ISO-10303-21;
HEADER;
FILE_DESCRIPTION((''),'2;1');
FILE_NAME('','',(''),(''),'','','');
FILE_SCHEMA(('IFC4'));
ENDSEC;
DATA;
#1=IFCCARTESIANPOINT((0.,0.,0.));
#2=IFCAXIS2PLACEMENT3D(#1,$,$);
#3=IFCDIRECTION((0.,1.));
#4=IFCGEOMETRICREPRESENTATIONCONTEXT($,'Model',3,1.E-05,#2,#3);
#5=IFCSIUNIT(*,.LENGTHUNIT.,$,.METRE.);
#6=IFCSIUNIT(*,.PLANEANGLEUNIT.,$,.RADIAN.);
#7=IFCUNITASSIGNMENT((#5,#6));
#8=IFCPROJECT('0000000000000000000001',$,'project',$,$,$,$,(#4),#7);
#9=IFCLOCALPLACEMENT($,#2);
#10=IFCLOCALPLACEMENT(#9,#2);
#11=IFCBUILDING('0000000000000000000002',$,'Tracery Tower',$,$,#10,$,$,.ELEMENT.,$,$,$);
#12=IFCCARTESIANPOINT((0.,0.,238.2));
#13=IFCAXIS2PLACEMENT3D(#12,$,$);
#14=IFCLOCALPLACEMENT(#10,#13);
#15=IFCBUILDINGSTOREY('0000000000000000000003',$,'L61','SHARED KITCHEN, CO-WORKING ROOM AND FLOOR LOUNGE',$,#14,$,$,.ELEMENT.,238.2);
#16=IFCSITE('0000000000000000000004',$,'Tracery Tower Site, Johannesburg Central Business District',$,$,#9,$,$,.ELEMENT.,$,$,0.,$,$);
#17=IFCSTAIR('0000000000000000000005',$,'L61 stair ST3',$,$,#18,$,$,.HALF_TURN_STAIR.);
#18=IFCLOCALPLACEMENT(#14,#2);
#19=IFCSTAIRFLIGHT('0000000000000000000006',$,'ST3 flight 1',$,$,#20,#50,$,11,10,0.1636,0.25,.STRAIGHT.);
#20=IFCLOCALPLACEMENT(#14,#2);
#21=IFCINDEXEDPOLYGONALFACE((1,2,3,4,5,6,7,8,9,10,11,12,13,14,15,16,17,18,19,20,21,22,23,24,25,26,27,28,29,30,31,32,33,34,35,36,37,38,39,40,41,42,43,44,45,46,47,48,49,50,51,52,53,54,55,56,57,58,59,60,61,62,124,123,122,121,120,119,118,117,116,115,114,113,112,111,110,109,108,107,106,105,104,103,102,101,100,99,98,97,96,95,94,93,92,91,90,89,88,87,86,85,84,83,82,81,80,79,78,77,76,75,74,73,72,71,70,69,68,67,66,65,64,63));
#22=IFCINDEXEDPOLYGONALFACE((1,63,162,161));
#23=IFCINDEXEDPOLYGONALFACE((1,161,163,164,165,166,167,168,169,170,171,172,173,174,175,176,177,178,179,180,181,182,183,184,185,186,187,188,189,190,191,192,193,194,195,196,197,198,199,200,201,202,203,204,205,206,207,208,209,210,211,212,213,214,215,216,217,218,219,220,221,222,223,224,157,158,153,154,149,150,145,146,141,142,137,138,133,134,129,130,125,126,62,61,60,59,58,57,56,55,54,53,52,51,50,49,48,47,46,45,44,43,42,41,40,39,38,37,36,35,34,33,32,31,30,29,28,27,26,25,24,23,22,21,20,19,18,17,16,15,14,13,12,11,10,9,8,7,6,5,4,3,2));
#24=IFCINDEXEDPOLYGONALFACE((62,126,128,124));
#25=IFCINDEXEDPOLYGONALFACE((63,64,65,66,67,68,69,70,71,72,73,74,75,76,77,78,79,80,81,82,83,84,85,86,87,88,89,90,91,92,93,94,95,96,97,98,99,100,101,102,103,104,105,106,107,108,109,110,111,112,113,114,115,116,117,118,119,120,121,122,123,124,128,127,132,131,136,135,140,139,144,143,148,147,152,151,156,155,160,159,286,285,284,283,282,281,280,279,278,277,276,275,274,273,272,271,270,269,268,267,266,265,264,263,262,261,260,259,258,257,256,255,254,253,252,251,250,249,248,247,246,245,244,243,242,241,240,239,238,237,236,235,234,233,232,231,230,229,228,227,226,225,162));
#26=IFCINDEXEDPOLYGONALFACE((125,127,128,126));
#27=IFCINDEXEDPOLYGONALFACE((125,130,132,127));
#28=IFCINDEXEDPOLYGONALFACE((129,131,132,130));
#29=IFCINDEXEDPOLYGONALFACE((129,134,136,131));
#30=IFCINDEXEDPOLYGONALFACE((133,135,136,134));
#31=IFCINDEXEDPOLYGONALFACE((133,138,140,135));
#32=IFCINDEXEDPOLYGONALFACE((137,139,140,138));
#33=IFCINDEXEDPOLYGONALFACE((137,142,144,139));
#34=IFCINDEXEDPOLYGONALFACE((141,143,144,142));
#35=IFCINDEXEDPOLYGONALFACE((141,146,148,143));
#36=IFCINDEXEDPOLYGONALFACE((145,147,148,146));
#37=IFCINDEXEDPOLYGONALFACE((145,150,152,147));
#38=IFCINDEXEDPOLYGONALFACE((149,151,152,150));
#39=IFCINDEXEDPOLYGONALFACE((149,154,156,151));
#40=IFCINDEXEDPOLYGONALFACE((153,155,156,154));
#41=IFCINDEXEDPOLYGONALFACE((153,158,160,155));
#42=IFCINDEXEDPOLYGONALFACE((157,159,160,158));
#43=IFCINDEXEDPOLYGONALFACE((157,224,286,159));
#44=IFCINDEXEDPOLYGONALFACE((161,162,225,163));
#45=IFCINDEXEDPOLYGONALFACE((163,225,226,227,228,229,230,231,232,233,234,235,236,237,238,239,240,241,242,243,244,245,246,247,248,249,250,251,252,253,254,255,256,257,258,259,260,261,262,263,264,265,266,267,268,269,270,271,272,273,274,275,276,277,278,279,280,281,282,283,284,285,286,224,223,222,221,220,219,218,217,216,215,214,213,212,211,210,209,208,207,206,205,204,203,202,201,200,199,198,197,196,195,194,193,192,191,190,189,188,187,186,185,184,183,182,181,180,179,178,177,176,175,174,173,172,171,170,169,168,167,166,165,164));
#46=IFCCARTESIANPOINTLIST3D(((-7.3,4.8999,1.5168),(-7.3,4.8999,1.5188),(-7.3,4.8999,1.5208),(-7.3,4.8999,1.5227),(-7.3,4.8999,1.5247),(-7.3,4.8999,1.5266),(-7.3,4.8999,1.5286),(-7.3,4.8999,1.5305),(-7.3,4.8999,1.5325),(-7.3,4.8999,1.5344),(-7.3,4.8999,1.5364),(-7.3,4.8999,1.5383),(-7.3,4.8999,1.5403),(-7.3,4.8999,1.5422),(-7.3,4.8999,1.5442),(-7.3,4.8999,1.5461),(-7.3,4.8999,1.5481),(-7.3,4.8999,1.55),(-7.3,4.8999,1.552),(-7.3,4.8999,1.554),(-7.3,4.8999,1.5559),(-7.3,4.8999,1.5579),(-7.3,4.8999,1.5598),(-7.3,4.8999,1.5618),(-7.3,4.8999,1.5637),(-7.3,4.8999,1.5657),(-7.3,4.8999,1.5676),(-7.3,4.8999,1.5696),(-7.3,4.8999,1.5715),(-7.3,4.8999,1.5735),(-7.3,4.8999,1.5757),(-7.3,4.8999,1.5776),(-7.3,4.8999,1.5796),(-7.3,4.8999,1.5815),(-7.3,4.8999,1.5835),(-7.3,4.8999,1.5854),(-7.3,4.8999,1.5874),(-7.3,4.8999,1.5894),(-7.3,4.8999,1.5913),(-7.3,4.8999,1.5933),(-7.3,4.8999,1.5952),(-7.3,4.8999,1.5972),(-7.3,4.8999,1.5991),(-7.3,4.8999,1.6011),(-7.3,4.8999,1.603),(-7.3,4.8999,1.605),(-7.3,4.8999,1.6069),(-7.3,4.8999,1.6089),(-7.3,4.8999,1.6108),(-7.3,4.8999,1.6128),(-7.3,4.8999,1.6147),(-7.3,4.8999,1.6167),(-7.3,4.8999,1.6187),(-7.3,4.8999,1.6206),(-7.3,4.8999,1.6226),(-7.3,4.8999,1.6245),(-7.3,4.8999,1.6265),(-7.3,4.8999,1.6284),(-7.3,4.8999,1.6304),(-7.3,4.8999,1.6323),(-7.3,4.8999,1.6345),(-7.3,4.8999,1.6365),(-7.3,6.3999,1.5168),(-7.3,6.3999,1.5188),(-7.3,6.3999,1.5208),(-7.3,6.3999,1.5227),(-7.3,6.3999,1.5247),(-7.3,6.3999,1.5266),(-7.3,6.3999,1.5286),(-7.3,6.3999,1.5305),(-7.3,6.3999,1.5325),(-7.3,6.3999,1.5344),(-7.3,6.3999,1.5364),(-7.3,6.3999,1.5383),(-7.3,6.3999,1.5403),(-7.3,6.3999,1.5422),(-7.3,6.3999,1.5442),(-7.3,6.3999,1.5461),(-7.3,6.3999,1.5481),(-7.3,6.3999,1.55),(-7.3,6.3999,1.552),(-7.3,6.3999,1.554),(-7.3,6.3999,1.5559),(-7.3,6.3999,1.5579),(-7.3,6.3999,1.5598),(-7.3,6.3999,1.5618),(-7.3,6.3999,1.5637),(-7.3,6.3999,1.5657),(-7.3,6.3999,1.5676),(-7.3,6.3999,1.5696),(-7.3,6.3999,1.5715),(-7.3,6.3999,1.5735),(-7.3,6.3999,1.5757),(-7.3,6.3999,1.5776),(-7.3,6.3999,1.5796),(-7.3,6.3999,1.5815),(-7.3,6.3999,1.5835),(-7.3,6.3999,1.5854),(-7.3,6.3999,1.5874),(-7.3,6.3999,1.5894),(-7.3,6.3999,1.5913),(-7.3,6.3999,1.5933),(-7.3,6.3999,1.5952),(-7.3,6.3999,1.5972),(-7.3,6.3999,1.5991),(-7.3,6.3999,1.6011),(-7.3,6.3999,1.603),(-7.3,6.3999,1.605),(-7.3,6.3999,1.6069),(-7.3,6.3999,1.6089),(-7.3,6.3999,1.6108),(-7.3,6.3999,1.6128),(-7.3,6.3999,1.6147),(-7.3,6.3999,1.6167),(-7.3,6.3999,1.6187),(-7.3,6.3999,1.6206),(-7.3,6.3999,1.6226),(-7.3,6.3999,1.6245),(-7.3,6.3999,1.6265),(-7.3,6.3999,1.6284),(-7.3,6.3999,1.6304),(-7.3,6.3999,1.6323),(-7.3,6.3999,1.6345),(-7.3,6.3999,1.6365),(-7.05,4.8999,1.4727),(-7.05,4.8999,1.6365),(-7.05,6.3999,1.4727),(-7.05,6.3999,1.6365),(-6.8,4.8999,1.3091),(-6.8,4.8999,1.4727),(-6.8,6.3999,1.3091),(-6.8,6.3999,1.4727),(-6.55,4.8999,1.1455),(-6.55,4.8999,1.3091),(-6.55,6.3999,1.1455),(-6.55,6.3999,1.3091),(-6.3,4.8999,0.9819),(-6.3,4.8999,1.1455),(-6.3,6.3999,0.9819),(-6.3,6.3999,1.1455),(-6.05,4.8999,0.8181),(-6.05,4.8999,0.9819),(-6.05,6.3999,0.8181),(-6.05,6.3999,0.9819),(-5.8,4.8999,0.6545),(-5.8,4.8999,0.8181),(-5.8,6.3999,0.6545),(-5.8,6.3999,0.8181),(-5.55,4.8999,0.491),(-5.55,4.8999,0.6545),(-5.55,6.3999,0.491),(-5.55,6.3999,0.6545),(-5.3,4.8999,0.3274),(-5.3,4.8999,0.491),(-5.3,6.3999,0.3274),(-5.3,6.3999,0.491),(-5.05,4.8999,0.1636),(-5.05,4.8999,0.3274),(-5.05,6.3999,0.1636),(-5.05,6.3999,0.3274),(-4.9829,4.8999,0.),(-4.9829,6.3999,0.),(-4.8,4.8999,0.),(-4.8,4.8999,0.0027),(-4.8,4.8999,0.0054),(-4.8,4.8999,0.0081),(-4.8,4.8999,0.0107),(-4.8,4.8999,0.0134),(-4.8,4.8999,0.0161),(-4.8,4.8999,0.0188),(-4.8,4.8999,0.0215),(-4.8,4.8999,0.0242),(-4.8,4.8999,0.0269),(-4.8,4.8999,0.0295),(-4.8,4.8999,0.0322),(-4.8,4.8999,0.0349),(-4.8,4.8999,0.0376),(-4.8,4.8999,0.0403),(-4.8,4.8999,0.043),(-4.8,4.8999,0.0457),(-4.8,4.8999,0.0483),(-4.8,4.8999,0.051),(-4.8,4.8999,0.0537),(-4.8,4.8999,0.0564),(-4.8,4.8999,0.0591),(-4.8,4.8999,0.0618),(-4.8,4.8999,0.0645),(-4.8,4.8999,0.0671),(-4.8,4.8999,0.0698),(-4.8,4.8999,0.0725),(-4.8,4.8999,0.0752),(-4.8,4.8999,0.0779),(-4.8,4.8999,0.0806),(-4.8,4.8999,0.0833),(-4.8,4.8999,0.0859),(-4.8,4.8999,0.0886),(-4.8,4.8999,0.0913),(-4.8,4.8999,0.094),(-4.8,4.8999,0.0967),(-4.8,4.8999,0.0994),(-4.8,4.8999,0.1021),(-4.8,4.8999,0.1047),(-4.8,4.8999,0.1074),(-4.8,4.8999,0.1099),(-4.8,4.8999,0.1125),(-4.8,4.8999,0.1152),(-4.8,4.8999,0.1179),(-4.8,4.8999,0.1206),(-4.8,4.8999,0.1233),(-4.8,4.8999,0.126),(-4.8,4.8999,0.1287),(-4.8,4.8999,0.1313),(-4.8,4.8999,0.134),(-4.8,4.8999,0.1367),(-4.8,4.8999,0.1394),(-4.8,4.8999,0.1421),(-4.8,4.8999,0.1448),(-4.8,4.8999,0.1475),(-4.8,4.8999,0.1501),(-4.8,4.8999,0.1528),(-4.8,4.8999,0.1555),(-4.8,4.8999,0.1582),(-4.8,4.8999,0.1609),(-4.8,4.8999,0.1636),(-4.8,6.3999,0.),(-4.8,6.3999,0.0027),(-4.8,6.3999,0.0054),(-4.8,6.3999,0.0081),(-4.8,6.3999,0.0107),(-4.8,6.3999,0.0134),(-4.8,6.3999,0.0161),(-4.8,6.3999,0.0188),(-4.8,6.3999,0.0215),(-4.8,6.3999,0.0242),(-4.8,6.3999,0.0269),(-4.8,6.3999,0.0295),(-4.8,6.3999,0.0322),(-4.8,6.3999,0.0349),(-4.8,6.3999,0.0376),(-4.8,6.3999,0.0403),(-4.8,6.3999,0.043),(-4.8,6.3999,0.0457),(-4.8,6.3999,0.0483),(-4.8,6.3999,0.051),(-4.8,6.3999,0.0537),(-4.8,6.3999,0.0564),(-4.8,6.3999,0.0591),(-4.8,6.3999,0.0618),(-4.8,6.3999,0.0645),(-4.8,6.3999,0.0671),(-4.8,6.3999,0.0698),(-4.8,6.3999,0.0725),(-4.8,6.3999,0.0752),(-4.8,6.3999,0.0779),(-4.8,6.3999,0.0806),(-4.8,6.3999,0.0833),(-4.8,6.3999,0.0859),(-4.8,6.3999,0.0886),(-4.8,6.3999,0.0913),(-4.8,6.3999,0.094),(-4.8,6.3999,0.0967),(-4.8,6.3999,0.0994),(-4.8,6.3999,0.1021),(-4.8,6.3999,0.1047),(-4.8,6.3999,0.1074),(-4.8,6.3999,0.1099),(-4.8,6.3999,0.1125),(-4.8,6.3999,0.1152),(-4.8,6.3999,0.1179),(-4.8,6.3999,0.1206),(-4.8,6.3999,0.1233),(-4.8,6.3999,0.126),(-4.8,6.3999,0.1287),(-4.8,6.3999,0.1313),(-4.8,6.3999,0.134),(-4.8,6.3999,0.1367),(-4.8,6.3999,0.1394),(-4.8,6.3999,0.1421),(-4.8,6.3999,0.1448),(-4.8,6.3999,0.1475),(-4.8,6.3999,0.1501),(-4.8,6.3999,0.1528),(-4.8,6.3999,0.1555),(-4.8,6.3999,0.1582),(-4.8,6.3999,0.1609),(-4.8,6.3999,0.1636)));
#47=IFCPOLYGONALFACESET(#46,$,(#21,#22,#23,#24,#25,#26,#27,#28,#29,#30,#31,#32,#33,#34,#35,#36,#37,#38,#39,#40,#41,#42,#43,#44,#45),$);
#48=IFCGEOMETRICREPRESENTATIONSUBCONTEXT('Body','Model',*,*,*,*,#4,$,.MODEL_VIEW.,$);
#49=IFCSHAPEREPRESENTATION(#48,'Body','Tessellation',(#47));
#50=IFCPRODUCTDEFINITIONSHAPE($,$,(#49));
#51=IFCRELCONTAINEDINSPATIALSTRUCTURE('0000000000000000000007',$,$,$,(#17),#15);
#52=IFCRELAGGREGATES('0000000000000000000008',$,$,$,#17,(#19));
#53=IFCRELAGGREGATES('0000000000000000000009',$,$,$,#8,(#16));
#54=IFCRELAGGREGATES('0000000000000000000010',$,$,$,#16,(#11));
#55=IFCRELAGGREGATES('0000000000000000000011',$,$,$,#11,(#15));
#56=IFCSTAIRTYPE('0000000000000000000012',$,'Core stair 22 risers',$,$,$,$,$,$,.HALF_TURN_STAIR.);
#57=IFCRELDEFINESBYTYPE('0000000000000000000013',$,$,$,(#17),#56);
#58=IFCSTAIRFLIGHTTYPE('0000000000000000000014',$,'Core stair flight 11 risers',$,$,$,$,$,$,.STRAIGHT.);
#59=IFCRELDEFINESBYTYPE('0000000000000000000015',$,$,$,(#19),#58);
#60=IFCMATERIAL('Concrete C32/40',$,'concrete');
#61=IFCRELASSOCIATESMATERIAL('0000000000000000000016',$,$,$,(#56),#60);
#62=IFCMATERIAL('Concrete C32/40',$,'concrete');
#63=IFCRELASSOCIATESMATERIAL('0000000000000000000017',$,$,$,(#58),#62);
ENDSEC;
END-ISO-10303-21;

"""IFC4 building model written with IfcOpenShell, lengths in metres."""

from ifc_helpers import new_model, si_unit, direction, frame, origin, place, context, subcontext, project, spatial, polyline, outline, extrude, material, type_object, element, aggregate, save


model = new_model("IFC4")

# Units and contexts
model_context = context("Model", 3, precision=1e-05, world=origin(), true_north=direction((0.0, 1.0)))
body_context = subcontext(model_context, "Body", "Model", "MODEL_VIEW")
ifc_project = project(units=[si_unit("LENGTHUNIT", "METRE"), si_unit("PLANEANGLEUNIT", "RADIAN")], contexts=[model_context])

# Site, building, storey
site_placement = place(None, origin())
site = spatial("IfcSite", under=ifc_project, at=site_placement, Name="Tracery Tower Site, Johannesburg Central Business District", CompositionType="ELEMENT", RefElevation=0.0)
building_placement = place(site_placement, origin())
building = spatial("IfcBuilding", under=site, at=building_placement, Name="Tracery Tower", CompositionType="ELEMENT")
storey_placement = place(building_placement, frame((0.0, 0.0, 238.2)))
storey = spatial("IfcBuildingStorey", under=building, at=storey_placement, Name="L61", Description="SHARED KITCHEN, CO-WORKING ROOM AND FLOOR LOUNGE", CompositionType="ELEMENT", Elevation=238.2)

# Shared definitions
ifc_material_1 = material(Name="Concrete C32/40", Category="concrete")
stair_type = type_object("IfcStairType", Name="Core stair 22 risers", PredefinedType="HALF_TURN_STAIR", material=ifc_material_1)

# Stair, stair flight
stair_1_placement = place(storey_placement, origin())
stair_1 = element("IfcStair", 1, at=stair_1_placement, inside=storey, type_object=stair_type, Name="L61 stair ST3", PredefinedType="HALF_TURN_STAIR")
ifc_material_2 = material(Name="Concrete C32/40", Category="concrete")
stair_flight_type = type_object("IfcStairFlightType", Name="Core stair flight 11 risers", PredefinedType="STRAIGHT", material=ifc_material_2)
stair_flight_1_placement = place(storey_placement, frame((-4.8, 5.6499, 0.0), z_axis=(0.0, 0.0, 1.0), x_axis=(-1.0, 0.0, 0.0)))
stair_flight_1 = element("IfcStairFlight", 2, at=stair_flight_1_placement, type_object=stair_flight_type, Name="ST3 flight 1", NumberOfRisers=11, NumberOfTreads=10, PredefinedType="STRAIGHT", RiserHeight=0.1636, TreadLength=0.25, context=body_context, shape_type="SweptSolid", body=[
    extrude(outline(polyline([(0.0, 0.0), (0.0, 0.0027), (0.0, 0.0054), (0.0, 0.0081), (0.0, 0.0107), (0.0, 0.0134), (0.0, 0.0161), (0.0, 0.0188), (0.0, 0.0215), (0.0, 0.0242), (0.0, 0.0269), (0.0, 0.0295), (0.0, 0.0322), (0.0, 0.0349), (0.0, 0.0376), (0.0, 0.0403), (0.0, 0.043), (0.0, 0.0457), (0.0, 0.0483), (0.0, 0.051), (0.0, 0.0537), (0.0, 0.0564), (0.0, 0.0591), (0.0, 0.0618), (0.0, 0.0645), (0.0, 0.0671), (0.0, 0.0698), (0.0, 0.0725), (0.0, 0.0752), (0.0, 0.0779), (0.0, 0.0806), (0.0, 0.0833), (0.0, 0.0859), (0.0, 0.0886), (0.0, 0.0913), (0.0, 0.094), (0.0, 0.0967), (0.0, 0.0994), (0.0, 0.1021), (0.0, 0.1047), (0.0, 0.1074), (0.0, 0.1099), (0.0, 0.1125), (0.0, 0.1152), (0.0, 0.1179), (0.0, 0.1206), (0.0, 0.1233), (0.0, 0.126), (0.0, 0.1287), (0.0, 0.1313), (0.0, 0.134), (0.0, 0.1367), (0.0, 0.1394), (0.0, 0.1421), (0.0, 0.1448), (0.0, 0.1475), (0.0, 0.1501), (0.0, 0.1528), (0.0, 0.1555), (0.0, 0.1582), (0.0, 0.1609), (0.0, 0.1636), (0.25, 0.1636), (0.25, 0.3274), (0.5, 0.3274), (0.5, 0.491), (0.75, 0.491), (0.75, 0.6545), (1.0, 0.6545), (1.0, 0.8181), (1.25, 0.8181), (1.25, 0.9819), (1.5, 0.9819), (1.5, 1.1455), (1.75, 1.1455), (1.75, 1.3091), (2.0, 1.3091), (2.0, 1.4727), (2.25, 1.4727), (2.25, 1.6365), (2.5, 1.6365), (2.5, 1.6345), (2.5, 1.6323), (2.5, 1.6304), (2.5, 1.6284), (2.5, 1.6265), (2.5, 1.6245), (2.5, 1.6226), (2.5, 1.6206), (2.5, 1.6187), (2.5, 1.6167), (2.5, 1.6147), (2.5, 1.6128), (2.5, 1.6108), (2.5, 1.6089), (2.5, 1.6069), (2.5, 1.605), (2.5, 1.603), (2.5, 1.6011), (2.5, 1.5991), (2.5, 1.5972), (2.5, 1.5952), (2.5, 1.5933), (2.5, 1.5913), (2.5, 1.5894), (2.5, 1.5874), (2.5, 1.5854), (2.5, 1.5835), (2.5, 1.5815), (2.5, 1.5796), (2.5, 1.5776), (2.5, 1.5757), (2.5, 1.5735), (2.5, 1.5715), (2.5, 1.5696), (2.5, 1.5676), (2.5, 1.5657), (2.5, 1.5637), (2.5, 1.5618), (2.5, 1.5598), (2.5, 1.5579), (2.5, 1.5559), (2.5, 1.554), (2.5, 1.552), (2.5, 1.55), (2.5, 1.5481), (2.5, 1.5461), (2.5, 1.5442), (2.5, 1.5422), (2.5, 1.5403), (2.5, 1.5383), (2.5, 1.5364), (2.5, 1.5344), (2.5, 1.5325), (2.5, 1.5305), (2.5, 1.5286), (2.5, 1.5266), (2.5, 1.5247), (2.5, 1.5227), (2.5, 1.5208), (2.5, 1.5188), (2.5, 1.5168), (0.1829, 0.0), (0.0, 0.0)])), frame((0.0, 0.75, 0.0), z_axis=(0.0, -1.0, 0.0), x_axis=(1.0, 0.0, 0.0)), (0.0, 0.0, 1.0), 1.5),
])
aggregate(stair_1, [stair_flight_1])

save(model, "model.ifc")
